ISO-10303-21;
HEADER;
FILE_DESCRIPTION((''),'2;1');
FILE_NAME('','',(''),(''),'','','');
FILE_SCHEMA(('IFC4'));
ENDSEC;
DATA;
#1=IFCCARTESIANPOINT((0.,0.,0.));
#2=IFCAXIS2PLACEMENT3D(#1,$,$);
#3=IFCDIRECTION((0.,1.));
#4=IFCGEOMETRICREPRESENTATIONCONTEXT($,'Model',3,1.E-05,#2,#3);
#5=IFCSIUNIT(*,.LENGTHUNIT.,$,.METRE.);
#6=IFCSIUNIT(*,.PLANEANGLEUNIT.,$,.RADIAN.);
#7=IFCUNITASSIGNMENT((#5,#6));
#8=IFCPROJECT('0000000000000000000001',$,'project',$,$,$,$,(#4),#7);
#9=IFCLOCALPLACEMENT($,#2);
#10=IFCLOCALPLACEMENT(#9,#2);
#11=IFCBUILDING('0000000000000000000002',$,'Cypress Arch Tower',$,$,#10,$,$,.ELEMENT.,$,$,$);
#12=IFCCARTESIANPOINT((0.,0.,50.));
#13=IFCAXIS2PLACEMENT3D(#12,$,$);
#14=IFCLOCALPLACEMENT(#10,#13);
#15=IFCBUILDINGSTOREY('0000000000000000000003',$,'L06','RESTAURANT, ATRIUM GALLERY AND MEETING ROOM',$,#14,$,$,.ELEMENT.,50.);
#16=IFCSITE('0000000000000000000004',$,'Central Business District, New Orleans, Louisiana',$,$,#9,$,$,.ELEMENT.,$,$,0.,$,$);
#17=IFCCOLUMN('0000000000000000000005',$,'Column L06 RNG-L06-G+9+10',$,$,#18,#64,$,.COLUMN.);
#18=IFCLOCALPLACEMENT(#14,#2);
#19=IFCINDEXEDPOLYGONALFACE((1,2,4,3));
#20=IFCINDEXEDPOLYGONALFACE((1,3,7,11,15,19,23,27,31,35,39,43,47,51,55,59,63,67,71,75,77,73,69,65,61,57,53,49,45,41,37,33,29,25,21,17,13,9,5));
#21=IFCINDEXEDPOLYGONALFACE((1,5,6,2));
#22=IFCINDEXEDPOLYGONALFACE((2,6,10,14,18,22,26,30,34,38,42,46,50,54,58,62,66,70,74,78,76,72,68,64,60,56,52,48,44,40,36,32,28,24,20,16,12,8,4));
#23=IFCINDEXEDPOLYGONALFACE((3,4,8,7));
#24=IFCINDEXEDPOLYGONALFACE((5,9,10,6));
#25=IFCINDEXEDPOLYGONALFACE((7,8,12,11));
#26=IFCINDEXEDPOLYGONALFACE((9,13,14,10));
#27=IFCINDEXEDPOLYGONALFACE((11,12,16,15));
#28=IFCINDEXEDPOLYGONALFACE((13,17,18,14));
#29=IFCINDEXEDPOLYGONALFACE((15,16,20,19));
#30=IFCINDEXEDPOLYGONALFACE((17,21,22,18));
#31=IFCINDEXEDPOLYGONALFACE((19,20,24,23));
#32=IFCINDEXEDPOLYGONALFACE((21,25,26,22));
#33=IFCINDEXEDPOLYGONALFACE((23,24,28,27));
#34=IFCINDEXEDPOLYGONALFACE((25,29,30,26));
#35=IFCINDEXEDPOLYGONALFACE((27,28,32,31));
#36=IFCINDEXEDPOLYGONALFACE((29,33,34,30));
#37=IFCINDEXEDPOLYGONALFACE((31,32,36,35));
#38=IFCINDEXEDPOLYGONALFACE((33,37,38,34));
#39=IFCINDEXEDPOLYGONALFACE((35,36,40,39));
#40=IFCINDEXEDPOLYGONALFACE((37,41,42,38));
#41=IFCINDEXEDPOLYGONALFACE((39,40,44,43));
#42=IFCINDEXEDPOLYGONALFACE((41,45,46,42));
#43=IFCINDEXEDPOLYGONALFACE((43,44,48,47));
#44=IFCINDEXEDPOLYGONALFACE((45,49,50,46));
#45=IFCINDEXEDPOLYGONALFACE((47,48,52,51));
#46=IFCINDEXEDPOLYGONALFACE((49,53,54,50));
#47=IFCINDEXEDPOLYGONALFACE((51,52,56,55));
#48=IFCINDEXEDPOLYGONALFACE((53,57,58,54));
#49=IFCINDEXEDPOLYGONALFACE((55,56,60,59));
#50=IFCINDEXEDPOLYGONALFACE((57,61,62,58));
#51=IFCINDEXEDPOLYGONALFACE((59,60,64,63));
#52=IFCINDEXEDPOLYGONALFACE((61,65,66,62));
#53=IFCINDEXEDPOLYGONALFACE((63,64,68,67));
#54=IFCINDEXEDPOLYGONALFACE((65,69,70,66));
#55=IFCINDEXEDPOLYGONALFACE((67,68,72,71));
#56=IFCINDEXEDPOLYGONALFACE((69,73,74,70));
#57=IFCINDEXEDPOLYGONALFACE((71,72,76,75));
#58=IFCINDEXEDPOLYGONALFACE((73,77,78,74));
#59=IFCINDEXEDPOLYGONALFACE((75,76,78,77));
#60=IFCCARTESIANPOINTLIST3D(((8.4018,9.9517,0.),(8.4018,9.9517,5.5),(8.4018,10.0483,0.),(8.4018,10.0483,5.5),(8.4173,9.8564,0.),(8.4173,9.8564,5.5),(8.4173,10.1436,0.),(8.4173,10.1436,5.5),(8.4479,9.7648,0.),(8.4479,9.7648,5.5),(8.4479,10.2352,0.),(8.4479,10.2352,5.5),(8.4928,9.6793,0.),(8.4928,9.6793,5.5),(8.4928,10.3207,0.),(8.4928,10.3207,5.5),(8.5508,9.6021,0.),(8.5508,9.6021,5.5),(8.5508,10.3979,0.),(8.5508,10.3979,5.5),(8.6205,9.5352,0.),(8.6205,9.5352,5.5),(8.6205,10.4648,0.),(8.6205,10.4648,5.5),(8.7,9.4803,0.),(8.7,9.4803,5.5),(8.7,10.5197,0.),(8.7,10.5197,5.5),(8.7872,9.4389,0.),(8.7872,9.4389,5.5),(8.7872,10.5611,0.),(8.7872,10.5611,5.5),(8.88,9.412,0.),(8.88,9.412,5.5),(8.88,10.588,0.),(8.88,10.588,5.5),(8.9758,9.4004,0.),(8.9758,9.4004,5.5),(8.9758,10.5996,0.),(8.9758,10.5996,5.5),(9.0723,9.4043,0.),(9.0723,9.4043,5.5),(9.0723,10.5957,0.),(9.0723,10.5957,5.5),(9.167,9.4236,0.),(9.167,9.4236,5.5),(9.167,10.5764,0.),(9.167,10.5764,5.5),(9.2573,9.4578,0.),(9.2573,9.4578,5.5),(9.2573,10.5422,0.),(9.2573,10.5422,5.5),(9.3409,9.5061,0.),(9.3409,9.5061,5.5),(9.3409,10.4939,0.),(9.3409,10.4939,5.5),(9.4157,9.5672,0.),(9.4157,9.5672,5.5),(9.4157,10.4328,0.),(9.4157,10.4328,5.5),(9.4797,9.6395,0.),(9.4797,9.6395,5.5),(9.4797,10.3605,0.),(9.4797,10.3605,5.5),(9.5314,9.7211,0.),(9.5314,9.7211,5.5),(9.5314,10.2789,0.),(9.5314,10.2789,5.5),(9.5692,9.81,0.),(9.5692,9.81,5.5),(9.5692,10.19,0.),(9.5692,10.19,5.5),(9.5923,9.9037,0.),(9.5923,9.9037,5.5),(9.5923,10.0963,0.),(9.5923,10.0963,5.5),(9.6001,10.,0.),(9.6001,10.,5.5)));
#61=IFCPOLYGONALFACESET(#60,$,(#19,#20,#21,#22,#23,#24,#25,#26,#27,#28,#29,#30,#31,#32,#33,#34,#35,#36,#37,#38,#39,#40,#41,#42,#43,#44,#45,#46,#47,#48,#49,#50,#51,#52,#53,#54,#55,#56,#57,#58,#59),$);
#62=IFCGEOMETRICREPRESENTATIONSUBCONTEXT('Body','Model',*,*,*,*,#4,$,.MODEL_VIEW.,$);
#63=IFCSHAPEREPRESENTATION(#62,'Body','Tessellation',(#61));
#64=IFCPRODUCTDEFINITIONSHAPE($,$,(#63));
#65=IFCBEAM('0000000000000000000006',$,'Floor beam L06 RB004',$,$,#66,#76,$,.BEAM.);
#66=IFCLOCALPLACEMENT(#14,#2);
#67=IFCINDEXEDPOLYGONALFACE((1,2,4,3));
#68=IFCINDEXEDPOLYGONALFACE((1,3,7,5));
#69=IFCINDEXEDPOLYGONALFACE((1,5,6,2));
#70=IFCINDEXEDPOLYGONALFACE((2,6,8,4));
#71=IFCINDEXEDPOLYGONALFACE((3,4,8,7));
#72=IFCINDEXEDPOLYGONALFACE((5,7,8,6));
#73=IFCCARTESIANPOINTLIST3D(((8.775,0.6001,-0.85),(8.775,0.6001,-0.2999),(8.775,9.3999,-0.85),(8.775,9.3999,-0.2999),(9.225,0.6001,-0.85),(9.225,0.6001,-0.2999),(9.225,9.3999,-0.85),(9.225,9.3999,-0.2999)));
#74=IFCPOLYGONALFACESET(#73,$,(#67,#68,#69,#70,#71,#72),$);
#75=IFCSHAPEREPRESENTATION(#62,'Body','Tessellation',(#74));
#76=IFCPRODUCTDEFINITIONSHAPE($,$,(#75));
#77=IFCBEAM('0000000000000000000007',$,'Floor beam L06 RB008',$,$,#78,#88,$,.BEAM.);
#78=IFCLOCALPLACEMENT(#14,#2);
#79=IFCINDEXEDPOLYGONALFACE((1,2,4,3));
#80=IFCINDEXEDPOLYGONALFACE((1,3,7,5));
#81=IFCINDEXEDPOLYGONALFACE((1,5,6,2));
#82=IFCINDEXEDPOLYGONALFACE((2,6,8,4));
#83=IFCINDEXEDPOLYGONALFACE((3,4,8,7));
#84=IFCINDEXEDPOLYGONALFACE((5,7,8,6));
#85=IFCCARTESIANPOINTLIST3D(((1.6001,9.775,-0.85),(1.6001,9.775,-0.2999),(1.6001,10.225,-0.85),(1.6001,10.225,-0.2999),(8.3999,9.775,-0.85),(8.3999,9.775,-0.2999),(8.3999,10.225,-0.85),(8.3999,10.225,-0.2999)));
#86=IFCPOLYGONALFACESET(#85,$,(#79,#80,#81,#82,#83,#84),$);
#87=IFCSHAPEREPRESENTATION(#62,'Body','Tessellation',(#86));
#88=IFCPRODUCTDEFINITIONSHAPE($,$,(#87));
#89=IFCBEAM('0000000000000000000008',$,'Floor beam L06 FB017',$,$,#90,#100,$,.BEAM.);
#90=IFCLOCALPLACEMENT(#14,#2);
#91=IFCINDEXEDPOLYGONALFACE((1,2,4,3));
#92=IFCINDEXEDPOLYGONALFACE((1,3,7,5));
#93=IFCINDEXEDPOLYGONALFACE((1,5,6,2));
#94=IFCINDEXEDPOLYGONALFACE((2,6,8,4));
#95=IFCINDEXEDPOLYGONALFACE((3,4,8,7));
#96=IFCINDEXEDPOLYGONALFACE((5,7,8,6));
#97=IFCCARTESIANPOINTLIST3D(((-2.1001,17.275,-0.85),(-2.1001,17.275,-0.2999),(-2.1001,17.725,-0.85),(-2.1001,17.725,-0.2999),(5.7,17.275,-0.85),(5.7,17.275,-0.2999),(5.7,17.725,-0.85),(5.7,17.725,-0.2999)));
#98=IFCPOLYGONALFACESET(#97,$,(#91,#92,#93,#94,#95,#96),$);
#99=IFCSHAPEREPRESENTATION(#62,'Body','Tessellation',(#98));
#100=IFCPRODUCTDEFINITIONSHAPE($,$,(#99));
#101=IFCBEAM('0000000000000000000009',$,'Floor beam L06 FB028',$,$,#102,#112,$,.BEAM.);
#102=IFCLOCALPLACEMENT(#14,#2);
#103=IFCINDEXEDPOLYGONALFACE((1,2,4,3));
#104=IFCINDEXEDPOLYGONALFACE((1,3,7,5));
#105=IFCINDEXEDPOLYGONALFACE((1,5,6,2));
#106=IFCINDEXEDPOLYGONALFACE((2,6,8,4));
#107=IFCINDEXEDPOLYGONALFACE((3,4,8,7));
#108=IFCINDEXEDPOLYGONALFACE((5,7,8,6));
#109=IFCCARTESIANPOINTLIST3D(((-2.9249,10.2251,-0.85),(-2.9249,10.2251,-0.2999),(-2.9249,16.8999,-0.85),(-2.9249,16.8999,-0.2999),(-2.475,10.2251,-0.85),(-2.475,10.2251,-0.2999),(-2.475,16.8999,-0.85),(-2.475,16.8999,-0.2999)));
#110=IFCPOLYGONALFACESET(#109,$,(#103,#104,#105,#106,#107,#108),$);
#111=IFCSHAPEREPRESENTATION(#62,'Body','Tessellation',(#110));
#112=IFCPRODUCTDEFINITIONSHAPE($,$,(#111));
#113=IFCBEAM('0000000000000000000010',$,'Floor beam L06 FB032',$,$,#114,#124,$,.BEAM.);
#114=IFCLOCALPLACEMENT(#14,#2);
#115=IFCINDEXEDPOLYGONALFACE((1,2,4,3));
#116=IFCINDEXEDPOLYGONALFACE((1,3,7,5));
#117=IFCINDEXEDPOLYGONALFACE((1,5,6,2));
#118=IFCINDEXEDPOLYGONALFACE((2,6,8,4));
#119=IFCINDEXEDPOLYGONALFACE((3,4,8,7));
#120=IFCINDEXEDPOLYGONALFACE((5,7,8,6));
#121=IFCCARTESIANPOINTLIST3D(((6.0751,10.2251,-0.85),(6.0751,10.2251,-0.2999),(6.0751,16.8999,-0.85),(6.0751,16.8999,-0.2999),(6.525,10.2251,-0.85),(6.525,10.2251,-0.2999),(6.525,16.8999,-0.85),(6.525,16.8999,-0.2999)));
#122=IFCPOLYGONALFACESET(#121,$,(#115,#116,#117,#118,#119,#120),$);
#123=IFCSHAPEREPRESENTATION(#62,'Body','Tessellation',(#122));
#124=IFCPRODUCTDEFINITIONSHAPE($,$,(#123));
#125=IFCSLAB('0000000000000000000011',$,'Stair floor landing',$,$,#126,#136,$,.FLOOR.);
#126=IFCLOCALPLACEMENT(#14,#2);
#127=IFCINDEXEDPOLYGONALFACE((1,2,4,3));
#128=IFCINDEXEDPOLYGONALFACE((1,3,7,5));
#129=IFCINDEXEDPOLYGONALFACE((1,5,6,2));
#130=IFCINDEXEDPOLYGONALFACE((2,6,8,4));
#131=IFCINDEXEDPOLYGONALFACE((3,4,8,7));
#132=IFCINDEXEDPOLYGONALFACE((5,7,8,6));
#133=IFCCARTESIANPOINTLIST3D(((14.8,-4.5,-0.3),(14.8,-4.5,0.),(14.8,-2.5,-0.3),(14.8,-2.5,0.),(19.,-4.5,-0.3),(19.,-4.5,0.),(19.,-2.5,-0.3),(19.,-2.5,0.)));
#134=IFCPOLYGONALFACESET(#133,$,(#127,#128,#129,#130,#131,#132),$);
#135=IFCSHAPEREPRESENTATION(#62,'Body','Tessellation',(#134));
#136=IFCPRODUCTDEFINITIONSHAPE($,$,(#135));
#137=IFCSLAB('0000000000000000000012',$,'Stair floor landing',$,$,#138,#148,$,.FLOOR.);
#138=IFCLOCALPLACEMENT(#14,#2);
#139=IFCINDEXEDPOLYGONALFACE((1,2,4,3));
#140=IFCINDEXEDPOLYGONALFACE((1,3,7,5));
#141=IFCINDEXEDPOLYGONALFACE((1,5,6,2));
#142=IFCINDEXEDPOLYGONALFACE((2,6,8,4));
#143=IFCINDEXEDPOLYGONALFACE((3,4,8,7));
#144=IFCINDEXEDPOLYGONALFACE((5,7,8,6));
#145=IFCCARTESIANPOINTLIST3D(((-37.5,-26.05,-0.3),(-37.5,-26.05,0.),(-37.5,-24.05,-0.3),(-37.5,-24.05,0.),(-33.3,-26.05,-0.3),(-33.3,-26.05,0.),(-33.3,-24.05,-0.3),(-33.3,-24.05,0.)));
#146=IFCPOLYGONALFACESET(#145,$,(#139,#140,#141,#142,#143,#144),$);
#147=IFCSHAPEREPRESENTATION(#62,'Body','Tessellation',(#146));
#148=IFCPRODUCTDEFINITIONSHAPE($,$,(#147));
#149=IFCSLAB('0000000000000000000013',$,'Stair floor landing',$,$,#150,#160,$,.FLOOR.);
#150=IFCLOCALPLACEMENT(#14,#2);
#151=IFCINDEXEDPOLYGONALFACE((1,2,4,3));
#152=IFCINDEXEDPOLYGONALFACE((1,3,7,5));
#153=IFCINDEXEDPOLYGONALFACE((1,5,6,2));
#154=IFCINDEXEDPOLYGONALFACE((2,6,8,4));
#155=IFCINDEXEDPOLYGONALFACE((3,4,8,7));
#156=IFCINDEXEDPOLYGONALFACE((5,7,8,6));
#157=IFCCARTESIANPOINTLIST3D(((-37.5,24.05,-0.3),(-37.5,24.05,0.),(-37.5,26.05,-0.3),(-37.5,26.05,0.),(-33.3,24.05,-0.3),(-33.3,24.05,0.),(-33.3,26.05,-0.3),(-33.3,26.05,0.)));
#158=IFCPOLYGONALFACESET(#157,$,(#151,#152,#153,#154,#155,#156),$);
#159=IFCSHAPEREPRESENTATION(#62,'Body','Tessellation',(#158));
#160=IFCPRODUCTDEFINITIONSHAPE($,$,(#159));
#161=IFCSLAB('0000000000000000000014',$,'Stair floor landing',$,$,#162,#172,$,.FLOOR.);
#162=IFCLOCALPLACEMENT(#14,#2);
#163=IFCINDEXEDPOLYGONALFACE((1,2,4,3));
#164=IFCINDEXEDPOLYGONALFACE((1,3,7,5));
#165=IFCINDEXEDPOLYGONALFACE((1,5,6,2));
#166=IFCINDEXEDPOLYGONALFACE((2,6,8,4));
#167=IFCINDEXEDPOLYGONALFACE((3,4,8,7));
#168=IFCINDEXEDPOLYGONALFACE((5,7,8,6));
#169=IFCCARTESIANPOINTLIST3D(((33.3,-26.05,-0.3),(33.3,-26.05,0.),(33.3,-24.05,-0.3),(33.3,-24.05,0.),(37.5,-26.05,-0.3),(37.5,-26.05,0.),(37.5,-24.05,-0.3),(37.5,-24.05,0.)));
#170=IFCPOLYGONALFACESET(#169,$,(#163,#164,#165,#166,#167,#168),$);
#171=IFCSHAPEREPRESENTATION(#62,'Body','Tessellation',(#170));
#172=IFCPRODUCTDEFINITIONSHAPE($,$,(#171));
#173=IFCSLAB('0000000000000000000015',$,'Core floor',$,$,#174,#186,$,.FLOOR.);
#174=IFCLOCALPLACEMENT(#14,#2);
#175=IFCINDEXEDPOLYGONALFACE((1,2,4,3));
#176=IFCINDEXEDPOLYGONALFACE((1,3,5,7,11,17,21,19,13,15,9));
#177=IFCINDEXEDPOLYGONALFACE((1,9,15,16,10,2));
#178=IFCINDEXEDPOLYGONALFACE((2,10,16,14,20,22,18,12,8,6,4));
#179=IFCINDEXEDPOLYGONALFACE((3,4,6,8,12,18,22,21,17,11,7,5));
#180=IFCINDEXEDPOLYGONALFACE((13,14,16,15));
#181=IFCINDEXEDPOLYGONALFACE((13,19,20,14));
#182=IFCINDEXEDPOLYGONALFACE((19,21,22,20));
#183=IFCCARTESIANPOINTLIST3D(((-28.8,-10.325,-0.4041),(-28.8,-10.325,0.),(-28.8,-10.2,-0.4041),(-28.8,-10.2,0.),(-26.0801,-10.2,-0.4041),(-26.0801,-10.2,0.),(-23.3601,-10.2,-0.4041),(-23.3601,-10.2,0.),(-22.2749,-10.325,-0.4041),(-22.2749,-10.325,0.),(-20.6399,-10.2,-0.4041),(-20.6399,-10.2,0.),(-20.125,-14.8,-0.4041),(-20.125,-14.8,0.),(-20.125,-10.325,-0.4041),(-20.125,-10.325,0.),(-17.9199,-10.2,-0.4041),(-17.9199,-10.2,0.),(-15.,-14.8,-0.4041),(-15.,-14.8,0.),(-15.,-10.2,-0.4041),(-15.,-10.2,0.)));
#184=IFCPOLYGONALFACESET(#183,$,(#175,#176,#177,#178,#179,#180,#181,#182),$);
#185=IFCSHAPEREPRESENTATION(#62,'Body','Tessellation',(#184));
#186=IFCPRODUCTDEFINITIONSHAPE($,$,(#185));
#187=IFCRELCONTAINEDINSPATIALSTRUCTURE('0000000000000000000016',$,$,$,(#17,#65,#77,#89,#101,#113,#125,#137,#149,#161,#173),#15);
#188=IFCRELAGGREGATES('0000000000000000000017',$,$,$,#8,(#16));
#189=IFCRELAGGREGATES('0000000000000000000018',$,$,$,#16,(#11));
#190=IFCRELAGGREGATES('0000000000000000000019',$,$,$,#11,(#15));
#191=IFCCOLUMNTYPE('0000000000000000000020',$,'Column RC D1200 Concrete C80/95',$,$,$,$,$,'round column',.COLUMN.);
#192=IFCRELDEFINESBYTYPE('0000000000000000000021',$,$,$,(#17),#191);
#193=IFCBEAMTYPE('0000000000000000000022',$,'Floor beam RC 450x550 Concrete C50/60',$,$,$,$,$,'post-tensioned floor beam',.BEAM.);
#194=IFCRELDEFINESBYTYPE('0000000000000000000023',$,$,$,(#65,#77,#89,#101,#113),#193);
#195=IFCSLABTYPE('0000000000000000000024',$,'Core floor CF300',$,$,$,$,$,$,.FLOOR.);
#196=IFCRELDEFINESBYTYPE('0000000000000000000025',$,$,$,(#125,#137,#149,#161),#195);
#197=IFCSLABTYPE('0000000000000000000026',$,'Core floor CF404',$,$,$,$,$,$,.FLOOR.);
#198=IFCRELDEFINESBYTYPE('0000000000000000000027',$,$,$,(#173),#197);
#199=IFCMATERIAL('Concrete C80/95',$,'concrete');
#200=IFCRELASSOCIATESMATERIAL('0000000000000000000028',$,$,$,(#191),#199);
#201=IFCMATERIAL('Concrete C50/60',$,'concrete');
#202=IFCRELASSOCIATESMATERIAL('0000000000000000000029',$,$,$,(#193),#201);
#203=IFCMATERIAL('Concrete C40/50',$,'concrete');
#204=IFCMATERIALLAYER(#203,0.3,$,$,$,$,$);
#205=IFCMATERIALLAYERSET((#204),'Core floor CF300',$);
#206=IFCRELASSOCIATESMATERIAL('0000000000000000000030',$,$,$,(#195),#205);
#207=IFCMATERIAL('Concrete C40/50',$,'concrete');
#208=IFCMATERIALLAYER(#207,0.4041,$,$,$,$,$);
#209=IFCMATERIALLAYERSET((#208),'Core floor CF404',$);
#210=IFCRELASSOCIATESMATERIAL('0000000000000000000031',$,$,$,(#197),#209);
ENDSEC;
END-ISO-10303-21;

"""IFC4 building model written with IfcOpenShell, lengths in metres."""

from ifc_helpers import new_model, si_unit, direction, frame, origin, origin_2d, place, context, subcontext, project, spatial, polyline, rectangle, circle, outline, extrude, material, layer, layer_set, material_profile, profile_set, type_object, element, save


model = new_model("IFC4")

# Units and contexts
model_context = context("Model", 3, precision=1e-05, world=origin(), true_north=direction((0.0, 1.0)))
body_context = subcontext(model_context, "Body", "Model", "MODEL_VIEW")
ifc_project = project(units=[si_unit("LENGTHUNIT", "METRE"), si_unit("PLANEANGLEUNIT", "RADIAN")], contexts=[model_context])

# Site, building, storey
site_placement = place(None, origin())
site = spatial("IfcSite", under=ifc_project, at=site_placement, Name="Central Business District, New Orleans, Louisiana", CompositionType="ELEMENT", RefElevation=0.0)
building_placement = place(site_placement, origin())
building = spatial("IfcBuilding", under=site, at=building_placement, Name="Cypress Arch Tower", CompositionType="ELEMENT")
storey_placement = place(building_placement, frame((0.0, 0.0, 50.0)))
storey = spatial("IfcBuildingStorey", under=building, at=storey_placement, Name="L06", Description="RESTAURANT, ATRIUM GALLERY AND MEETING ROOM", CompositionType="ELEMENT", Elevation=50.0)

# Column
ifc_material_1 = material(Name="Concrete C80/95", Category="concrete")
ifc_material_profile_1 = material_profile(ifc_material_1, circle(Radius=0.6001, at=origin_2d()), Name="RC D1200")
ifc_profile_set_1 = profile_set([ifc_material_profile_1], Name="Concrete C80/95")
column_type = type_object("IfcColumnType", Name="Column RC D1200 Concrete C80/95", ElementType="round column", PredefinedType="COLUMN", material=ifc_profile_set_1)
for number, where, z_axis, x_axis, name in (
    (1, (9.0, 10.0, 0.0), (0.0, 0.0, 1.0), (1.0, 0.0, 0.0), "Column L06 RNG-L06-G+9+10"),
):
    element("IfcColumn", number, at=place(storey_placement, frame(where, z_axis=z_axis, x_axis=x_axis)), inside=storey, type_object=column_type, Name=name, PredefinedType="COLUMN", context=body_context, shape_type="SweptSolid", body=[
        extrude(circle(Radius=0.6001, at=origin_2d()), origin(), (0.0, 0.0, 1.0), 5.5),
    ])

# Beams
ifc_material_2 = material(Name="Concrete C50/60", Category="concrete")
ifc_material_profile_2 = material_profile(ifc_material_2, rectangle(XDim=0.45, YDim=0.55, at=origin_2d()), Name="RC 450x550")
ifc_profile_set_2 = profile_set([ifc_material_profile_2], Name="Concrete C50/60")
beam_type = type_object("IfcBeamType", Name="Floor beam RC 450x550 Concrete C50/60", ElementType="post-tensioned floor beam", PredefinedType="BEAM", material=ifc_profile_set_2)
beam_1_placement = place(storey_placement, frame((9.0, 0.6001, -0.575), z_axis=(0.0, 1.0, 0.0), x_axis=(-1.0, 0.0, 0.0)))
element("IfcBeam", 2, at=beam_1_placement, inside=storey, type_object=beam_type, Name="Floor beam L06 RB004", PredefinedType="BEAM", context=body_context, shape_type="SweptSolid", body=[
    extrude(rectangle(XDim=0.45, YDim=0.55, at=origin_2d()), origin(), (0.0, 0.0, 1.0), 8.7998),
])
beam_2_placement = place(storey_placement, frame((1.6001, 10.0, -0.575), z_axis=(1.0, 0.0, 0.0), x_axis=(0.0, 1.0, 0.0)))
element("IfcBeam", 3, at=beam_2_placement, inside=storey, type_object=beam_type, Name="Floor beam L06 RB008", PredefinedType="BEAM", context=body_context, shape_type="SweptSolid", body=[
    extrude(rectangle(XDim=0.45, YDim=0.55, at=origin_2d()), origin(), (0.0, 0.0, 1.0), 6.7998),
])
beam_3_placement = place(storey_placement, frame((-2.1001, 17.5, -0.575), z_axis=(1.0, 0.0, 0.0), x_axis=(0.0, 1.0, 0.0)))
element("IfcBeam", 4, at=beam_3_placement, inside=storey, type_object=beam_type, Name="Floor beam L06 FB017", PredefinedType="BEAM", context=body_context, shape_type="SweptSolid", body=[
    extrude(rectangle(XDim=0.45, YDim=0.55, at=origin_2d()), origin(), (0.0, 0.0, 1.0), 7.8),
])
for number, where, z_axis, x_axis, name in (
    (5, (-2.7, 10.2251, -0.575), (0.0, 1.0, 0.0), (-1.0, 0.0, 0.0), "Floor beam L06 FB028"),
    (6, (6.3, 10.2251, -0.575), (0.0, 1.0, 0.0), (-1.0, 0.0, 0.0), "Floor beam L06 FB032"),
):
    element("IfcBeam", number, at=place(storey_placement, frame(where, z_axis=z_axis, x_axis=x_axis)), inside=storey, type_object=beam_type, Name=name, PredefinedType="BEAM", context=body_context, shape_type="SweptSolid", body=[
        extrude(rectangle(XDim=0.45, YDim=0.55, at=origin_2d()), origin(), (0.0, 0.0, 1.0), 6.6748),
    ])

# Slabs
ifc_material_3 = material(Name="Concrete C40/50", Category="concrete")
ifc_layer_1 = layer(ifc_material_3, 0.3)
ifc_layer_set_1 = layer_set([ifc_layer_1], Name="Core floor CF300")
slab_type_1 = type_object("IfcSlabType", Name="Core floor CF300", PredefinedType="FLOOR", material=ifc_layer_set_1)
slab_1_placement = place(storey_placement, frame((0.0, 0.0, -0.3)))
element("IfcSlab", 7, at=slab_1_placement, inside=storey, type_object=slab_type_1, Name="Stair floor landing", PredefinedType="FLOOR", context=body_context, shape_type="SweptSolid", body=[
    extrude(outline(polyline([(19.0, -4.5), (19.0, -2.5), (14.8, -2.5), (14.8, -4.5), (19.0, -4.5)])), origin(), (0.0, 0.0, 1.0), 0.3),
])
slab_2_placement = place(storey_placement, frame((0.0, 0.0, -0.3)))
element("IfcSlab", 8, at=slab_2_placement, inside=storey, type_object=slab_type_1, Name="Stair floor landing", PredefinedType="FLOOR", context=body_context, shape_type="SweptSolid", body=[
    extrude(outline(polyline([(-33.3, -26.05), (-33.3, -24.05), (-37.5, -24.05), (-37.5, -26.05), (-33.3, -26.05)])), origin(), (0.0, 0.0, 1.0), 0.3),
])
slab_3_placement = place(storey_placement, frame((0.0, 0.0, -0.3)))
element("IfcSlab", 9, at=slab_3_placement, inside=storey, type_object=slab_type_1, Name="Stair floor landing", PredefinedType="FLOOR", context=body_context, shape_type="SweptSolid", body=[
    extrude(outline(polyline([(-37.5, 26.05), (-37.5, 24.05), (-33.3, 24.05), (-33.3, 26.05), (-37.5, 26.05)])), origin(), (0.0, 0.0, 1.0), 0.3),
])
slab_4_placement = place(storey_placement, frame((0.0, 0.0, -0.3)))
element("IfcSlab", 10, at=slab_4_placement, inside=storey, type_object=slab_type_1, Name="Stair floor landing", PredefinedType="FLOOR", context=body_context, shape_type="SweptSolid", body=[
    extrude(outline(polyline([(37.5, -26.05), (37.5, -24.05), (33.3, -24.05), (33.3, -26.05), (37.5, -26.05)])), origin(), (0.0, 0.0, 1.0), 0.3),
])
ifc_material_4 = material(Name="Concrete C40/50", Category="concrete")
ifc_layer_2 = layer(ifc_material_4, 0.4041)
ifc_layer_set_2 = layer_set([ifc_layer_2], Name="Core floor CF404")
slab_type_2 = type_object("IfcSlabType", Name="Core floor CF404", PredefinedType="FLOOR", material=ifc_layer_set_2)
slab_5_placement = place(storey_placement, frame((0.0, 0.0, -0.4041)))
element("IfcSlab", 11, at=slab_5_placement, inside=storey, type_object=slab_type_2, Name="Core floor", PredefinedType="FLOOR", context=body_context, shape_type="SweptSolid", body=[
    extrude(outline(polyline([(-20.125, -14.8), (-15.0, -14.8), (-15.0, -10.2), (-17.9199, -10.2), (-20.6399, -10.2), (-23.3601, -10.2), (-26.0801, -10.2), (-28.8, -10.2), (-28.8, -10.325), (-22.2749, -10.325), (-20.125, -10.325), (-20.125, -14.8)])), origin(), (0.0, 0.0, 1.0), 0.4041),
])

save(model, "model.ifc")
